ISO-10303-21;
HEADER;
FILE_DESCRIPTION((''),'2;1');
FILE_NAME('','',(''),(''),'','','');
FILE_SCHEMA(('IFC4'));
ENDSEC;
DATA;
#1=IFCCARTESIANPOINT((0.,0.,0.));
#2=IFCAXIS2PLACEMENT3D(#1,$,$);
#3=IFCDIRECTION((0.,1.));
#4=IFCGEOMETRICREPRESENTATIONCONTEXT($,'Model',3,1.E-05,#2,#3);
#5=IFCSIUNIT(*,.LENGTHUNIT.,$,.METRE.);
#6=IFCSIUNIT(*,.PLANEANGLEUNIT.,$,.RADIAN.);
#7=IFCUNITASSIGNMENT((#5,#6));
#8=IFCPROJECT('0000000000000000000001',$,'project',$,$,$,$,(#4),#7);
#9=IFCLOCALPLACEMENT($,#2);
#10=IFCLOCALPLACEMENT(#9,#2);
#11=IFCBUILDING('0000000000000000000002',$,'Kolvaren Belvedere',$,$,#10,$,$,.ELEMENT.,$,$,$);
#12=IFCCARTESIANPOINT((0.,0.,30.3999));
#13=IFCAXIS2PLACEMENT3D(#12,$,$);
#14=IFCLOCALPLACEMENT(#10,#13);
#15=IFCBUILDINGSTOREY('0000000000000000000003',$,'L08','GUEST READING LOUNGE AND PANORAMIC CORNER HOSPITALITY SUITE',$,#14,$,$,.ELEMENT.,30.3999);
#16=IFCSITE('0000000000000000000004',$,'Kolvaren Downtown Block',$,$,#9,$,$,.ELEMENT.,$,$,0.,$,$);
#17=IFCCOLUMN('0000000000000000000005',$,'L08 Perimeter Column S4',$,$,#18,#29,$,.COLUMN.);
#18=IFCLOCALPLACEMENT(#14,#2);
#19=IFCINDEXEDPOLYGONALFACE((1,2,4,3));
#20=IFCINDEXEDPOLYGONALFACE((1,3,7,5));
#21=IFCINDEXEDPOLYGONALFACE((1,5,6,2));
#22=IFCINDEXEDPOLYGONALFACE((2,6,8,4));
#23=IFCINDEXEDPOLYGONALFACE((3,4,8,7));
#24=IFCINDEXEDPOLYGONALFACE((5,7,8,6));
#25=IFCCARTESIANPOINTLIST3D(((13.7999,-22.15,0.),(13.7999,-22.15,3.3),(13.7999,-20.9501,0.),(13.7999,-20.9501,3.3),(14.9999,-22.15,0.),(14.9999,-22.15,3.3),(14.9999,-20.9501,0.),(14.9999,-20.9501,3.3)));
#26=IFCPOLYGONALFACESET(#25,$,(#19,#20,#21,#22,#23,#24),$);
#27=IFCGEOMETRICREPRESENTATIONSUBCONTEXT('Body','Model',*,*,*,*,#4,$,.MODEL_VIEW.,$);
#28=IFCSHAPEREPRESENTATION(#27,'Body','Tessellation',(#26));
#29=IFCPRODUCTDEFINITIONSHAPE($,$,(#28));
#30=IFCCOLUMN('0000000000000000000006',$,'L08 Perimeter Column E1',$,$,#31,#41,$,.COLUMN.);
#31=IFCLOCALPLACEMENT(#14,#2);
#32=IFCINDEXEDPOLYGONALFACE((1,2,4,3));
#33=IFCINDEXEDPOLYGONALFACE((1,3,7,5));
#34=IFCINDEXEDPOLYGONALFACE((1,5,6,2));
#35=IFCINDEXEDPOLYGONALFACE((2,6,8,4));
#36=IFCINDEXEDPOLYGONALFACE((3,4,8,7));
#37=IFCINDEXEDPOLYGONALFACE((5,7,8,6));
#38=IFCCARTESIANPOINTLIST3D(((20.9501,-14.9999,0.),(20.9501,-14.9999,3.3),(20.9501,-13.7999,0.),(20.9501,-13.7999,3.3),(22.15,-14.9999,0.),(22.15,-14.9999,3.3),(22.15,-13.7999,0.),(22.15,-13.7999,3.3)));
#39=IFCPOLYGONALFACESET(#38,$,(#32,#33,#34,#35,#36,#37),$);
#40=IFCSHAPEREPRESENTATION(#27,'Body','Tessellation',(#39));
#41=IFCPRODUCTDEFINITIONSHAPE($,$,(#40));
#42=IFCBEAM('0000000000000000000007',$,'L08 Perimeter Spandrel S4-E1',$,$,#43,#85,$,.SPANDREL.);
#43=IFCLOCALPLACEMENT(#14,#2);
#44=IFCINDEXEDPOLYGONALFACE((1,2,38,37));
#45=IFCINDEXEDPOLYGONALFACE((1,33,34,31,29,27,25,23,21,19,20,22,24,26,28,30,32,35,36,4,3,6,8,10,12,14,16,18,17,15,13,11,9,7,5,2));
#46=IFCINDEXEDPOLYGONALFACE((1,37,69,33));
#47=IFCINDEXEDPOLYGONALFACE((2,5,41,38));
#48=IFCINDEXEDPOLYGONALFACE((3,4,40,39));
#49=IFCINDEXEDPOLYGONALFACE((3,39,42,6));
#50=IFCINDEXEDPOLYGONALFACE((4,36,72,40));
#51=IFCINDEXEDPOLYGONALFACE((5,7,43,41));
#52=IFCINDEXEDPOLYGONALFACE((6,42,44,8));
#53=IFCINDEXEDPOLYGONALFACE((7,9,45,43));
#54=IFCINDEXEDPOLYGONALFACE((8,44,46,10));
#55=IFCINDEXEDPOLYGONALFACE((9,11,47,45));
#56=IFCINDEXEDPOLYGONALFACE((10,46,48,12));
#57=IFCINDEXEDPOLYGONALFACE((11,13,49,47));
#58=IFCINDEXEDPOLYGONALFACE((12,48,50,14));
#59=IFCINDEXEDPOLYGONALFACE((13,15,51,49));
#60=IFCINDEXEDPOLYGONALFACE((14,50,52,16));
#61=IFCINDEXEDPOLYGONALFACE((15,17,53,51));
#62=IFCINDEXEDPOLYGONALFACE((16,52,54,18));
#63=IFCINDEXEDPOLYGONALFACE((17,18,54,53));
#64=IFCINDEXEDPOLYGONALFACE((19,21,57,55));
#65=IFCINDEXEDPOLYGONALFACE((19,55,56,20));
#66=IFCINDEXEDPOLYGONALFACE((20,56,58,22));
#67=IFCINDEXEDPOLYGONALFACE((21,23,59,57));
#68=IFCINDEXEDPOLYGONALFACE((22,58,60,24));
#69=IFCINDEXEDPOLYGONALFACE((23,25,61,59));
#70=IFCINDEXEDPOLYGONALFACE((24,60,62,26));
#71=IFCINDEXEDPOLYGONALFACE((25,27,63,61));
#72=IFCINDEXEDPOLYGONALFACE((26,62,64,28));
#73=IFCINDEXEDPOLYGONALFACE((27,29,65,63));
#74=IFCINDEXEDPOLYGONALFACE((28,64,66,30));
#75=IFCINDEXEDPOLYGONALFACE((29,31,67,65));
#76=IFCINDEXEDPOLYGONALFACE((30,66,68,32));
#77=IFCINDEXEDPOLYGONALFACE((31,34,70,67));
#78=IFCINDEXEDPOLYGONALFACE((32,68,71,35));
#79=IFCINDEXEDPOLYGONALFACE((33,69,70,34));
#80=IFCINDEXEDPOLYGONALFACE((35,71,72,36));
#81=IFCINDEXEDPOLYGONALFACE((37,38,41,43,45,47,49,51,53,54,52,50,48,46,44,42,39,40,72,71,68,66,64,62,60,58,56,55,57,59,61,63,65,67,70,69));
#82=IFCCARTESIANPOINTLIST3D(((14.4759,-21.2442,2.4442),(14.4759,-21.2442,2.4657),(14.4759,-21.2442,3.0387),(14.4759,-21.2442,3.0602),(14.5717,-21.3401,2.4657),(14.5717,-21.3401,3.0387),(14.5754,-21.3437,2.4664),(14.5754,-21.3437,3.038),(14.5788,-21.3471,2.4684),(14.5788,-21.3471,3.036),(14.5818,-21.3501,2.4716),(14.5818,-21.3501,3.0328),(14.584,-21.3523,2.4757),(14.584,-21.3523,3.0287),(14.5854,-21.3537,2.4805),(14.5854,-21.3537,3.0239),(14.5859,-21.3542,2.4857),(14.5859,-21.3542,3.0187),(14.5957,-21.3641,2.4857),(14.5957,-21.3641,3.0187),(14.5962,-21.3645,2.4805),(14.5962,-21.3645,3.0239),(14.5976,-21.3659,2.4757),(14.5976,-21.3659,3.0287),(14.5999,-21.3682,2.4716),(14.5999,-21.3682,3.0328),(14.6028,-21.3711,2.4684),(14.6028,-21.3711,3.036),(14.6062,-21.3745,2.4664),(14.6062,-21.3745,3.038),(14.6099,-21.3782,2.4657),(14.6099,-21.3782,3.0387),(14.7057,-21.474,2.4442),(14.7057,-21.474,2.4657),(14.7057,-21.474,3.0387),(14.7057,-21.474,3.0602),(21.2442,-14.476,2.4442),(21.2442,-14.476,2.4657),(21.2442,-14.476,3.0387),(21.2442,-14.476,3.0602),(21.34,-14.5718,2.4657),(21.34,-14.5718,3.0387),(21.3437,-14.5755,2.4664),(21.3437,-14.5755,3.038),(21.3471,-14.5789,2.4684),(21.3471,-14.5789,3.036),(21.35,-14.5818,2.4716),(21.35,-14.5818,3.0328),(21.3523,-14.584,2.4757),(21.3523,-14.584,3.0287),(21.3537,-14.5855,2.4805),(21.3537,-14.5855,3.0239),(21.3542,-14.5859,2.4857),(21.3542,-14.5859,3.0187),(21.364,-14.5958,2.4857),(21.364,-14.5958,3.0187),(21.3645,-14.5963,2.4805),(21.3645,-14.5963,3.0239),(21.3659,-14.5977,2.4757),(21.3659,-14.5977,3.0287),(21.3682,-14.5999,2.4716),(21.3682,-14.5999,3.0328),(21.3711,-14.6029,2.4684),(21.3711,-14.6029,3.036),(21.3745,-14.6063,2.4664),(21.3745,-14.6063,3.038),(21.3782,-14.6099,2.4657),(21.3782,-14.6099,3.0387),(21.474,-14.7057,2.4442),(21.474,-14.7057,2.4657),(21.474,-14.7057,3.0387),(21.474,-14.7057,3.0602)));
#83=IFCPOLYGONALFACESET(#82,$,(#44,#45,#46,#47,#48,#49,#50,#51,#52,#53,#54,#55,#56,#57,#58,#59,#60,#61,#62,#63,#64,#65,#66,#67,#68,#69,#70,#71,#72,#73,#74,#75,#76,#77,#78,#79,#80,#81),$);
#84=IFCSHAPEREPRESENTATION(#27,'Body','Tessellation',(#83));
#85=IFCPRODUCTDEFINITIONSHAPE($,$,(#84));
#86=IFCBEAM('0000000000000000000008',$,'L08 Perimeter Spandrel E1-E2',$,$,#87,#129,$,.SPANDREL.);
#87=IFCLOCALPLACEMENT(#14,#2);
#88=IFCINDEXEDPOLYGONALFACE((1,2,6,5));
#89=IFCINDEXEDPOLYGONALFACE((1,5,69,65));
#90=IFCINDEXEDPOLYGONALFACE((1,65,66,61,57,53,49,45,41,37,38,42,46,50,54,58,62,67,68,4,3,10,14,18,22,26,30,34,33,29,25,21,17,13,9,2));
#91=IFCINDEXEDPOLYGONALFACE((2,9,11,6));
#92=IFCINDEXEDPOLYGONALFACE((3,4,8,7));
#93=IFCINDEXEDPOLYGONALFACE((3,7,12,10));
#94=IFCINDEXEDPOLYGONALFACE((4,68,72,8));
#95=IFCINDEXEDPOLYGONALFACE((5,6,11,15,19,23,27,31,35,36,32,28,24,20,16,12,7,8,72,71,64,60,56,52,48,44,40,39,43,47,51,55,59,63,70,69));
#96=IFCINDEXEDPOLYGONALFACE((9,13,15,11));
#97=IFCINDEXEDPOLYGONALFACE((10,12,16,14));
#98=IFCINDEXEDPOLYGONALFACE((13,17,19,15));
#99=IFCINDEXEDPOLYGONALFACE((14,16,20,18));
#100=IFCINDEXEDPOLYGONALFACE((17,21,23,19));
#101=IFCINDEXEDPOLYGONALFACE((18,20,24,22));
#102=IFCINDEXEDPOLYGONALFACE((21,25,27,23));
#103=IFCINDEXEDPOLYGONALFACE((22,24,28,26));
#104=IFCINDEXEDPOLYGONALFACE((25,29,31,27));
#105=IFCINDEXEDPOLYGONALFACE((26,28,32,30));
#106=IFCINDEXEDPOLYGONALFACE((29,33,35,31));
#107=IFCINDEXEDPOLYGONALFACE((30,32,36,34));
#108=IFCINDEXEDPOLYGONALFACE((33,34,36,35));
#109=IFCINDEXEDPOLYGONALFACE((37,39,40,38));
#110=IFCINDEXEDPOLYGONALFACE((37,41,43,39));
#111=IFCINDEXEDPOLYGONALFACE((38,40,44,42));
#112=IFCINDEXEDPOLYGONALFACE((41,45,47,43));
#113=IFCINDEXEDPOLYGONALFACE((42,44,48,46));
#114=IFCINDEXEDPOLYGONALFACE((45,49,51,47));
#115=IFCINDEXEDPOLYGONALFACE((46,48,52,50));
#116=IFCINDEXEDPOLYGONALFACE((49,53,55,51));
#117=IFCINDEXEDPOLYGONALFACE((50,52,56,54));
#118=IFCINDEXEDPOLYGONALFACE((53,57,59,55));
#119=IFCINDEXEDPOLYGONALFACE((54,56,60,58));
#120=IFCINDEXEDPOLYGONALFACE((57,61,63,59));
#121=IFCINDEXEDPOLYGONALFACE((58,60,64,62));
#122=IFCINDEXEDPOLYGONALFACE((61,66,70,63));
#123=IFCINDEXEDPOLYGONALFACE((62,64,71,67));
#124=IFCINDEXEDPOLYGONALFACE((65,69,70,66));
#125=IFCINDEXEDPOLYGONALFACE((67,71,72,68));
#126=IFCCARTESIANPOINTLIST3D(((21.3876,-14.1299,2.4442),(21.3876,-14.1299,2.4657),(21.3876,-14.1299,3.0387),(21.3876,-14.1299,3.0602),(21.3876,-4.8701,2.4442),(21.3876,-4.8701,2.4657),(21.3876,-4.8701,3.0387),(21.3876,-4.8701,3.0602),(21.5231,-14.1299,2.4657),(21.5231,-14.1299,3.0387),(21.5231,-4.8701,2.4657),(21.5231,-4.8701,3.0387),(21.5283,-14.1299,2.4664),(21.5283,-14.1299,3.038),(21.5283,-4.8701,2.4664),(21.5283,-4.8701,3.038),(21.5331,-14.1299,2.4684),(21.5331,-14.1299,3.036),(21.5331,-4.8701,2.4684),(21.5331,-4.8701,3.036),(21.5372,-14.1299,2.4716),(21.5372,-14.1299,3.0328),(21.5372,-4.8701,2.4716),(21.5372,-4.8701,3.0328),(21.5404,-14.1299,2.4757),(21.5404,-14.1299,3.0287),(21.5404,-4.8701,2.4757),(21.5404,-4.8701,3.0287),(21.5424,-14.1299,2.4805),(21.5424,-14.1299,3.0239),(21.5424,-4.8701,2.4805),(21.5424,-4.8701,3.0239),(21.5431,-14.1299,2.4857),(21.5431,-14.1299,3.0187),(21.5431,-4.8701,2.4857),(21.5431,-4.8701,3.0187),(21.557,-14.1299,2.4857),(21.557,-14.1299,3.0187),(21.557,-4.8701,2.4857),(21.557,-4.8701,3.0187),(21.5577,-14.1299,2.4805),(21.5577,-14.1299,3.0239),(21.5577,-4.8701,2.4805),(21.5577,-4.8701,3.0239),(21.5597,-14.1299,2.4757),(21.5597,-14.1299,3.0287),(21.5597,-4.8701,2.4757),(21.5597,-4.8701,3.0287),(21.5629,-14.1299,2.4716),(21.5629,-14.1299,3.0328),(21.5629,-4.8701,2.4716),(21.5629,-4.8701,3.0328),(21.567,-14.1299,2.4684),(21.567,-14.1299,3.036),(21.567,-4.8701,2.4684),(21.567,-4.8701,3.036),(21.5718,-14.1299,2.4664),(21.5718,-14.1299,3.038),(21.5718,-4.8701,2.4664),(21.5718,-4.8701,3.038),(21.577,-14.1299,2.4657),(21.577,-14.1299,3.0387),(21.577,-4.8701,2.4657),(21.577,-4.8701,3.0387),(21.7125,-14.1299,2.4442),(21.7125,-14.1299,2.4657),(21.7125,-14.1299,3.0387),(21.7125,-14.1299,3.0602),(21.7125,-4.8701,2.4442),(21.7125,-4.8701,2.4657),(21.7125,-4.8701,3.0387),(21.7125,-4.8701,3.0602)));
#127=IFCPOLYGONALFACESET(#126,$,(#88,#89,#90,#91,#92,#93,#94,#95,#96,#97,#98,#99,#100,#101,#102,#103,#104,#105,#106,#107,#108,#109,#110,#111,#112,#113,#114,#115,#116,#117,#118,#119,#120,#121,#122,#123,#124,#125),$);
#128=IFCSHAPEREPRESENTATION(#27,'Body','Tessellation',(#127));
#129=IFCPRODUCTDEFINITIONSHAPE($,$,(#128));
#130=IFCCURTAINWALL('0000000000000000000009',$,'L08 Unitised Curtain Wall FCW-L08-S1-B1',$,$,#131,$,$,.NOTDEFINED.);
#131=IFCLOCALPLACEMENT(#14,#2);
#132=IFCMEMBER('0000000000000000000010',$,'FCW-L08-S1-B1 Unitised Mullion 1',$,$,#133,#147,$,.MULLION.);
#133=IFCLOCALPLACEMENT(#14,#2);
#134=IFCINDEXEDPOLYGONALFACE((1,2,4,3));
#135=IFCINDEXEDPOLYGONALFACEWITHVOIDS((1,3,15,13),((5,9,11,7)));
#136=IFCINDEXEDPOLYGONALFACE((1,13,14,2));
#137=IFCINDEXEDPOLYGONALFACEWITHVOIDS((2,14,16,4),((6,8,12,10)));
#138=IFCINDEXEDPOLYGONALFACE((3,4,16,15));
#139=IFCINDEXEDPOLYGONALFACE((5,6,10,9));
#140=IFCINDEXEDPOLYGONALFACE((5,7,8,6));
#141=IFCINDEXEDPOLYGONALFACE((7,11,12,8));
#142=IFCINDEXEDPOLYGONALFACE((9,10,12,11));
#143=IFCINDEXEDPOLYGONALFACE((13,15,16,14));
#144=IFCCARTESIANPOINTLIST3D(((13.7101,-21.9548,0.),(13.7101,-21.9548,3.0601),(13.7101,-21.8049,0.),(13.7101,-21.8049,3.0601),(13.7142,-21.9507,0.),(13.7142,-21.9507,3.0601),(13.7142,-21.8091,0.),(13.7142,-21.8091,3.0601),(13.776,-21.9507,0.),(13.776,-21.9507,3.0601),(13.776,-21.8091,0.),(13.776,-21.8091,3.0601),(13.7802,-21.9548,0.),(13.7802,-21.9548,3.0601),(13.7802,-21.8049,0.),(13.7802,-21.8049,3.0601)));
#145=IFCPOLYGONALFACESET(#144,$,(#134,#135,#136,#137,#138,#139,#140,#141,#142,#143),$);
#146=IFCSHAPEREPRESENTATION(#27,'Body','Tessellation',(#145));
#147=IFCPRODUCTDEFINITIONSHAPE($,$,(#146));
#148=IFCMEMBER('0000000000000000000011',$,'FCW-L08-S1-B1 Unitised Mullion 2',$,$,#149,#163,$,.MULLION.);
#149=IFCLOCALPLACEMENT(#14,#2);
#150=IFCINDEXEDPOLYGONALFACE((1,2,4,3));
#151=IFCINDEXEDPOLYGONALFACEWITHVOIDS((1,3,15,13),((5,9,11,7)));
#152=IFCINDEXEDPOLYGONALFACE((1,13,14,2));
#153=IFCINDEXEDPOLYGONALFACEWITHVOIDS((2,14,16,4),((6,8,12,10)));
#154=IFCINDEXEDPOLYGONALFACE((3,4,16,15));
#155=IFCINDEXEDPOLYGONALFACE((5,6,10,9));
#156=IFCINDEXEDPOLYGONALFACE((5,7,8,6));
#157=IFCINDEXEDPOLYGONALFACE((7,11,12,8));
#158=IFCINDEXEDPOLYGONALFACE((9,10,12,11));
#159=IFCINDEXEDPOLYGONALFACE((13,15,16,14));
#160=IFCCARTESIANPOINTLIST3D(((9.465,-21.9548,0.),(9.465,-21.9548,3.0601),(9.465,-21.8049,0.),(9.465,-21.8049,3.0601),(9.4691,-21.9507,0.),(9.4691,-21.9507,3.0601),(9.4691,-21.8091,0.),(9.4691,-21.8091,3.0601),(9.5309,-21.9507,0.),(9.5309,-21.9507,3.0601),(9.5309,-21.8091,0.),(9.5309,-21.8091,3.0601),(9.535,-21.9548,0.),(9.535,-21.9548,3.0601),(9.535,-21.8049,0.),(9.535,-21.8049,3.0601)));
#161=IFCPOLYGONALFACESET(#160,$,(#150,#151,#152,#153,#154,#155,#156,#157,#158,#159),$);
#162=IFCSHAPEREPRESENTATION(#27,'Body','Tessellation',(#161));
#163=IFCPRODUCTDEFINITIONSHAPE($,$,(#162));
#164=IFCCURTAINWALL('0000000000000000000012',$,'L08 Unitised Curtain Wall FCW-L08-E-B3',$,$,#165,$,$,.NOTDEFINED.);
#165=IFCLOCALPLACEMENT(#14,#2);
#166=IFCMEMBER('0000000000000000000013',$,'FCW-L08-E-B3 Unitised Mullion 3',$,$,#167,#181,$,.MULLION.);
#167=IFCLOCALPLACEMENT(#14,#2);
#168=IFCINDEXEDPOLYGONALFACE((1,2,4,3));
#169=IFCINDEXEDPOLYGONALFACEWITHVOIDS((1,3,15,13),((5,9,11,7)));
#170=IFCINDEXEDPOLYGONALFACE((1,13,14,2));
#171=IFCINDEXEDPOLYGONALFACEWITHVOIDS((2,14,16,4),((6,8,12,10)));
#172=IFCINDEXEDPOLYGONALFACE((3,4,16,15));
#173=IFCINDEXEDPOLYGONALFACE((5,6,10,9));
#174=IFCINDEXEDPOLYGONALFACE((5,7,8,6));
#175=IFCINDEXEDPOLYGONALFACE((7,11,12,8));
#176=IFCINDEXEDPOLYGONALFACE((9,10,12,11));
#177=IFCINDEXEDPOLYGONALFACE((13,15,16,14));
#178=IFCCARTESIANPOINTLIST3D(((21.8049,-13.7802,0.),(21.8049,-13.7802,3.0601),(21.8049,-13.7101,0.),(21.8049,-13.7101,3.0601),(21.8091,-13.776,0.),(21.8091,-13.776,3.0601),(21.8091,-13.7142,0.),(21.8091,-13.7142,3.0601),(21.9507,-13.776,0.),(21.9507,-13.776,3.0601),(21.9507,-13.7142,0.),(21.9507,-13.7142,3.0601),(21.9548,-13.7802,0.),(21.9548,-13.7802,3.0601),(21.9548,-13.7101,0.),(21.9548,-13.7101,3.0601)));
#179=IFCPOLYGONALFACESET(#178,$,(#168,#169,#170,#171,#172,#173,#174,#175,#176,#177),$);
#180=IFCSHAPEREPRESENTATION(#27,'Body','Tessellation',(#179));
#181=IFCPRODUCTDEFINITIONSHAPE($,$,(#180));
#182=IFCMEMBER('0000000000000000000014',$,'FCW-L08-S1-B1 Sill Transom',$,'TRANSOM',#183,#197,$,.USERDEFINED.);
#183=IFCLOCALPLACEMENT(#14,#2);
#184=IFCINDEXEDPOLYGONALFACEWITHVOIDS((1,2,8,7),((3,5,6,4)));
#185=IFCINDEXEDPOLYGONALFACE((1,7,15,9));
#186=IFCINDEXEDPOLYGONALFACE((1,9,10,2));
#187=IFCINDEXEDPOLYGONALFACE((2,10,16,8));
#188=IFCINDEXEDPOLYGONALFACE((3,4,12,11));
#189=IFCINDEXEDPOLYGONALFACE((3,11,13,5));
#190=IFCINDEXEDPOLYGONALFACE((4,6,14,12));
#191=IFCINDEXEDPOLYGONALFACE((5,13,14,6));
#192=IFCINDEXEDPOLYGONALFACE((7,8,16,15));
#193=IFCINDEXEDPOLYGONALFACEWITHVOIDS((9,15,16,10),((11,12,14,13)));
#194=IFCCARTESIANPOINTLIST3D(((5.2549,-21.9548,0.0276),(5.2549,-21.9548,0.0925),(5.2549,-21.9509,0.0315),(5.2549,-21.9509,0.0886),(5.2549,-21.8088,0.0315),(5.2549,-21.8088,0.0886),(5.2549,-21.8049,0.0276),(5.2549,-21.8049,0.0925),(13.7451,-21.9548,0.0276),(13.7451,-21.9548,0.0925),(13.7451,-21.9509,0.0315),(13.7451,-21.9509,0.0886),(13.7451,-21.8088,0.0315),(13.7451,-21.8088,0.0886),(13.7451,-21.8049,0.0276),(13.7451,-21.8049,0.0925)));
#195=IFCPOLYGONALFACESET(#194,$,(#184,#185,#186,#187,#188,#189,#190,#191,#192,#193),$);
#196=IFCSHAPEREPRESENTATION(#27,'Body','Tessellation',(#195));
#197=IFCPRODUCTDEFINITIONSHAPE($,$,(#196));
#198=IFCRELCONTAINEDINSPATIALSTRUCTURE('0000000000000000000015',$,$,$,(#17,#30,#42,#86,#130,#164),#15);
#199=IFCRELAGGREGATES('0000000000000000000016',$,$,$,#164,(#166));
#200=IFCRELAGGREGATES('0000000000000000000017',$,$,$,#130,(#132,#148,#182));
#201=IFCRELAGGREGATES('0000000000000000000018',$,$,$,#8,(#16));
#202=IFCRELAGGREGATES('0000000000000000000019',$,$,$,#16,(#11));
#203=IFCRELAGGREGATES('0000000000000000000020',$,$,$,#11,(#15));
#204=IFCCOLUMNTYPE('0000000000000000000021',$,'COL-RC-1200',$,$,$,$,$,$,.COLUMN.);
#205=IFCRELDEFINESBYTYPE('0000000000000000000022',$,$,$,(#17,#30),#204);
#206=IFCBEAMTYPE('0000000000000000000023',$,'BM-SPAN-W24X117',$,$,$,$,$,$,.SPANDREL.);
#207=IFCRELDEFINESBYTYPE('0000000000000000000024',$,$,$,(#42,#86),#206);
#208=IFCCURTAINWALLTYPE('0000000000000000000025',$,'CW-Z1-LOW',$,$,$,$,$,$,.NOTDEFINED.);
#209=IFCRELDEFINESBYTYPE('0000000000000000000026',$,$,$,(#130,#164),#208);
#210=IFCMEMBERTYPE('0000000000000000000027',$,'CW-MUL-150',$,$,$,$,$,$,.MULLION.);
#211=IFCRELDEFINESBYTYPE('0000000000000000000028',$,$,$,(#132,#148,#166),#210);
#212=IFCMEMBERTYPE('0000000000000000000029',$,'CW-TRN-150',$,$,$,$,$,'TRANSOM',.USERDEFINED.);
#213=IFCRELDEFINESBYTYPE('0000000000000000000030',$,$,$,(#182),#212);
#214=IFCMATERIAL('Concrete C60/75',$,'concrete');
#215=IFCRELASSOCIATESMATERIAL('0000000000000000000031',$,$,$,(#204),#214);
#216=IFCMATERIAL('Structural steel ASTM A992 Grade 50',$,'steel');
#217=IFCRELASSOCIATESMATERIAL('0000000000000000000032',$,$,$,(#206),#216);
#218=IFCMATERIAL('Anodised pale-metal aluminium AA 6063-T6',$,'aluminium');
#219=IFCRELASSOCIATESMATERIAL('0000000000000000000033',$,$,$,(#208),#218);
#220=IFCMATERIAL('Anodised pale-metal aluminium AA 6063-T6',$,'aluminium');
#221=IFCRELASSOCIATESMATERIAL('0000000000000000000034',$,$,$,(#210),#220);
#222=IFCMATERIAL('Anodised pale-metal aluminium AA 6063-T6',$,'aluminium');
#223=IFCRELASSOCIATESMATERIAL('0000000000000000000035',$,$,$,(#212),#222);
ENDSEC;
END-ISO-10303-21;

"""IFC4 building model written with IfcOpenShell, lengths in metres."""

from ifc_helpers import new_model, si_unit, direction, frame, origin, origin_2d, place, context, subcontext, project, spatial, rectangle, hollow_rectangle, i_section, extrude, material, material_profile, profile_set, type_object, element, aggregate, save


model = new_model("IFC4")

# Units and contexts
model_context = context("Model", 3, precision=1e-05, world=origin(), true_north=direction((0.0, 1.0)))
body_context = subcontext(model_context, "Body", "Model", "MODEL_VIEW")
ifc_project = project(units=[si_unit("LENGTHUNIT", "METRE"), si_unit("PLANEANGLEUNIT", "RADIAN")], contexts=[model_context])

# Site, building, storey
site_placement = place(None, origin())
site = spatial("IfcSite", under=ifc_project, at=site_placement, Name="Kolvaren Downtown Block", CompositionType="ELEMENT", RefElevation=0.0)
building_placement = place(site_placement, origin())
building = spatial("IfcBuilding", under=site, at=building_placement, Name="Kolvaren Belvedere", CompositionType="ELEMENT")
storey_placement = place(building_placement, frame((0.0, 0.0, 30.3999)))
storey = spatial("IfcBuildingStorey", under=building, at=storey_placement, Name="L08", Description="GUEST READING LOUNGE AND PANORAMIC CORNER HOSPITALITY SUITE", CompositionType="ELEMENT", Elevation=30.3999)

# Columns
ifc_material_1 = material(Name="Concrete C60/75", Category="concrete")
ifc_material_profile_1 = material_profile(ifc_material_1, rectangle(XDim=1.2, YDim=1.2, at=origin_2d()), Name="RC 1200X1200")
ifc_profile_set_1 = profile_set([ifc_material_profile_1], Name="Concrete C60/75")
column_type = type_object("IfcColumnType", Name="COL-RC-1200", PredefinedType="COLUMN", material=ifc_profile_set_1)
for number, where, z_axis, x_axis, name in (
    (1, (14.3999, -21.55, 0.0), (0.0, 0.0, 1.0), (1.0, 0.0, 0.0), "L08 Perimeter Column S4"),
    (2, (21.55, -14.3999, 0.0), (0.0, 0.0, 1.0), (1.0, 0.0, 0.0), "L08 Perimeter Column E1"),
):
    element("IfcColumn", number, at=place(storey_placement, frame(where, z_axis=z_axis, x_axis=x_axis)), inside=storey, type_object=column_type, Name=name, PredefinedType="COLUMN", context=body_context, shape_type="SweptSolid", body=[
        extrude(rectangle(XDim=1.2, YDim=1.2, at=origin_2d()), origin(), (0.0, 0.0, 1.0), 3.3),
    ])

# Beams
ifc_material_2 = material(Name="Structural steel ASTM A992 Grade 50", Category="steel")
ifc_material_profile_2 = material_profile(ifc_material_2, i_section(OverallWidth=0.325, OverallDepth=0.616, WebThickness=0.0139, FlangeThickness=0.0215, FilletRadius=0.02, at=origin_2d()), Name="W24X117")
ifc_profile_set_2 = profile_set([ifc_material_profile_2], Name="Structural steel ASTM A992 Grade 50")
beam_type = type_object("IfcBeamType", Name="BM-SPAN-W24X117", PredefinedType="SPANDREL", material=ifc_profile_set_2)
beam_1_placement = place(storey_placement, frame((14.5908, -21.3591, 2.7522), z_axis=(0.707107, 0.707107, 0.0), x_axis=(-0.707107, 0.707107, 0.0)))
element("IfcBeam", 3, at=beam_1_placement, inside=storey, type_object=beam_type, Name="L08 Perimeter Spandrel S4-E1", PredefinedType="SPANDREL", context=body_context, shape_type="SweptSolid", body=[
    extrude(i_section(OverallWidth=0.325, OverallDepth=0.616, WebThickness=0.0139, FlangeThickness=0.0215, FilletRadius=0.02, at=origin_2d()), origin(), (0.0, 0.0, 1.0), 9.5718),
])
beam_2_placement = place(storey_placement, frame((21.55, -14.1299, 2.7522), z_axis=(0.0, 1.0, 0.0), x_axis=(-1.0, 0.0, 0.0)))
element("IfcBeam", 4, at=beam_2_placement, inside=storey, type_object=beam_type, Name="L08 Perimeter Spandrel E1-E2", PredefinedType="SPANDREL", context=body_context, shape_type="SweptSolid", body=[
    extrude(i_section(OverallWidth=0.325, OverallDepth=0.616, WebThickness=0.0139, FlangeThickness=0.0215, FilletRadius=0.02, at=origin_2d()), origin(), (0.0, 0.0, 1.0), 9.2598),
])

# Curtain wall, members
ifc_material_3 = material(Name="Anodised pale-metal aluminium AA 6063-T6", Category="aluminium")
curtain_wall_type = type_object("IfcCurtainWallType", Name="CW-Z1-LOW", PredefinedType="NOTDEFINED", material=ifc_material_3)
curtain_wall_1_placement = place(storey_placement, origin())
curtain_wall_1 = element("IfcCurtainWall", 5, at=curtain_wall_1_placement, inside=storey, type_object=curtain_wall_type, Name="L08 Unitised Curtain Wall FCW-L08-S1-B1", PredefinedType="NOTDEFINED")
ifc_material_4 = material(Name="Anodised pale-metal aluminium AA 6063-T6", Category="aluminium")
ifc_material_profile_3 = material_profile(ifc_material_4, hollow_rectangle(XDim=0.0701, YDim=0.1499, WallThickness=0.0042, at=origin_2d()), Name="ALU-MUL-150X70")
ifc_profile_set_3 = profile_set([ifc_material_profile_3], Name="Anodised pale-metal aluminium AA 6063-T6")
member_type_1 = type_object("IfcMemberType", Name="CW-MUL-150", PredefinedType="MULLION", material=ifc_profile_set_3)
member_1_placement = place(storey_placement, frame((13.7451, -21.8799, 0.0), z_axis=(0.0, 0.0, 1.0), x_axis=(1.0, 0.0, 0.0)))
member_1 = element("IfcMember", 6, at=member_1_placement, type_object=member_type_1, Name="FCW-L08-S1-B1 Unitised Mullion 1", PredefinedType="MULLION", context=body_context, shape_type="SweptSolid", body=[
    extrude(hollow_rectangle(XDim=0.0701, YDim=0.1499, WallThickness=0.0042, at=origin_2d()), origin(), (0.0, 0.0, 1.0), 3.0601),
])
member_2_placement = place(storey_placement, frame((9.5, -21.8799, 0.0), z_axis=(0.0, 0.0, 1.0), x_axis=(1.0, 0.0, 0.0)))
member_2 = element("IfcMember", 7, at=member_2_placement, type_object=member_type_1, Name="FCW-L08-S1-B1 Unitised Mullion 2", PredefinedType="MULLION", context=body_context, shape_type="SweptSolid", body=[
    extrude(hollow_rectangle(XDim=0.0701, YDim=0.1499, WallThickness=0.0042, at=origin_2d()), origin(), (0.0, 0.0, 1.0), 3.0601),
])

# Curtain wall, member
curtain_wall_2_placement = place(storey_placement, origin())
curtain_wall_2 = element("IfcCurtainWall", 8, at=curtain_wall_2_placement, inside=storey, type_object=curtain_wall_type, Name="L08 Unitised Curtain Wall FCW-L08-E-B3", PredefinedType="NOTDEFINED")
member_3_placement = place(storey_placement, frame((21.8799, -13.7451, 0.0), z_axis=(0.0, 0.0, 1.0), x_axis=(0.0, 1.0, 0.0)))
member_3 = element("IfcMember", 9, at=member_3_placement, type_object=member_type_1, Name="FCW-L08-E-B3 Unitised Mullion 3", PredefinedType="MULLION", context=body_context, shape_type="SweptSolid", body=[
    extrude(hollow_rectangle(XDim=0.0701, YDim=0.1499, WallThickness=0.0042, at=origin_2d()), origin(), (0.0, 0.0, 1.0), 3.0601),
])
aggregate(curtain_wall_2, [member_3])

# Member
ifc_material_5 = material(Name="Anodised pale-metal aluminium AA 6063-T6", Category="aluminium")
ifc_material_profile_4 = material_profile(ifc_material_5, hollow_rectangle(XDim=0.0649, YDim=0.1499, WallThickness=0.0039, at=origin_2d()), Name="ALU-TRN-150X65")
ifc_profile_set_4 = profile_set([ifc_material_profile_4], Name="Anodised pale-metal aluminium AA 6063-T6")
member_type_2 = type_object("IfcMemberType", Name="CW-TRN-150", ElementType="TRANSOM", PredefinedType="USERDEFINED", material=ifc_profile_set_4)
member_4_placement = place(storey_placement, frame((13.7451, -21.8799, 0.0601), z_axis=(-1.0, 0.0, 0.0), x_axis=(0.0, 0.0, 1.0)))
member_4 = element("IfcMember", 10, at=member_4_placement, type_object=member_type_2, Name="FCW-L08-S1-B1 Sill Transom", ObjectType="TRANSOM", PredefinedType="USERDEFINED", context=body_context, shape_type="SweptSolid", body=[
    extrude(hollow_rectangle(XDim=0.0649, YDim=0.1499, WallThickness=0.0039, at=origin_2d()), origin(), (0.0, 0.0, 1.0), 8.4902),
])

aggregate(curtain_wall_1, [member_1, member_2, member_4])

save(model, "model.ifc")
